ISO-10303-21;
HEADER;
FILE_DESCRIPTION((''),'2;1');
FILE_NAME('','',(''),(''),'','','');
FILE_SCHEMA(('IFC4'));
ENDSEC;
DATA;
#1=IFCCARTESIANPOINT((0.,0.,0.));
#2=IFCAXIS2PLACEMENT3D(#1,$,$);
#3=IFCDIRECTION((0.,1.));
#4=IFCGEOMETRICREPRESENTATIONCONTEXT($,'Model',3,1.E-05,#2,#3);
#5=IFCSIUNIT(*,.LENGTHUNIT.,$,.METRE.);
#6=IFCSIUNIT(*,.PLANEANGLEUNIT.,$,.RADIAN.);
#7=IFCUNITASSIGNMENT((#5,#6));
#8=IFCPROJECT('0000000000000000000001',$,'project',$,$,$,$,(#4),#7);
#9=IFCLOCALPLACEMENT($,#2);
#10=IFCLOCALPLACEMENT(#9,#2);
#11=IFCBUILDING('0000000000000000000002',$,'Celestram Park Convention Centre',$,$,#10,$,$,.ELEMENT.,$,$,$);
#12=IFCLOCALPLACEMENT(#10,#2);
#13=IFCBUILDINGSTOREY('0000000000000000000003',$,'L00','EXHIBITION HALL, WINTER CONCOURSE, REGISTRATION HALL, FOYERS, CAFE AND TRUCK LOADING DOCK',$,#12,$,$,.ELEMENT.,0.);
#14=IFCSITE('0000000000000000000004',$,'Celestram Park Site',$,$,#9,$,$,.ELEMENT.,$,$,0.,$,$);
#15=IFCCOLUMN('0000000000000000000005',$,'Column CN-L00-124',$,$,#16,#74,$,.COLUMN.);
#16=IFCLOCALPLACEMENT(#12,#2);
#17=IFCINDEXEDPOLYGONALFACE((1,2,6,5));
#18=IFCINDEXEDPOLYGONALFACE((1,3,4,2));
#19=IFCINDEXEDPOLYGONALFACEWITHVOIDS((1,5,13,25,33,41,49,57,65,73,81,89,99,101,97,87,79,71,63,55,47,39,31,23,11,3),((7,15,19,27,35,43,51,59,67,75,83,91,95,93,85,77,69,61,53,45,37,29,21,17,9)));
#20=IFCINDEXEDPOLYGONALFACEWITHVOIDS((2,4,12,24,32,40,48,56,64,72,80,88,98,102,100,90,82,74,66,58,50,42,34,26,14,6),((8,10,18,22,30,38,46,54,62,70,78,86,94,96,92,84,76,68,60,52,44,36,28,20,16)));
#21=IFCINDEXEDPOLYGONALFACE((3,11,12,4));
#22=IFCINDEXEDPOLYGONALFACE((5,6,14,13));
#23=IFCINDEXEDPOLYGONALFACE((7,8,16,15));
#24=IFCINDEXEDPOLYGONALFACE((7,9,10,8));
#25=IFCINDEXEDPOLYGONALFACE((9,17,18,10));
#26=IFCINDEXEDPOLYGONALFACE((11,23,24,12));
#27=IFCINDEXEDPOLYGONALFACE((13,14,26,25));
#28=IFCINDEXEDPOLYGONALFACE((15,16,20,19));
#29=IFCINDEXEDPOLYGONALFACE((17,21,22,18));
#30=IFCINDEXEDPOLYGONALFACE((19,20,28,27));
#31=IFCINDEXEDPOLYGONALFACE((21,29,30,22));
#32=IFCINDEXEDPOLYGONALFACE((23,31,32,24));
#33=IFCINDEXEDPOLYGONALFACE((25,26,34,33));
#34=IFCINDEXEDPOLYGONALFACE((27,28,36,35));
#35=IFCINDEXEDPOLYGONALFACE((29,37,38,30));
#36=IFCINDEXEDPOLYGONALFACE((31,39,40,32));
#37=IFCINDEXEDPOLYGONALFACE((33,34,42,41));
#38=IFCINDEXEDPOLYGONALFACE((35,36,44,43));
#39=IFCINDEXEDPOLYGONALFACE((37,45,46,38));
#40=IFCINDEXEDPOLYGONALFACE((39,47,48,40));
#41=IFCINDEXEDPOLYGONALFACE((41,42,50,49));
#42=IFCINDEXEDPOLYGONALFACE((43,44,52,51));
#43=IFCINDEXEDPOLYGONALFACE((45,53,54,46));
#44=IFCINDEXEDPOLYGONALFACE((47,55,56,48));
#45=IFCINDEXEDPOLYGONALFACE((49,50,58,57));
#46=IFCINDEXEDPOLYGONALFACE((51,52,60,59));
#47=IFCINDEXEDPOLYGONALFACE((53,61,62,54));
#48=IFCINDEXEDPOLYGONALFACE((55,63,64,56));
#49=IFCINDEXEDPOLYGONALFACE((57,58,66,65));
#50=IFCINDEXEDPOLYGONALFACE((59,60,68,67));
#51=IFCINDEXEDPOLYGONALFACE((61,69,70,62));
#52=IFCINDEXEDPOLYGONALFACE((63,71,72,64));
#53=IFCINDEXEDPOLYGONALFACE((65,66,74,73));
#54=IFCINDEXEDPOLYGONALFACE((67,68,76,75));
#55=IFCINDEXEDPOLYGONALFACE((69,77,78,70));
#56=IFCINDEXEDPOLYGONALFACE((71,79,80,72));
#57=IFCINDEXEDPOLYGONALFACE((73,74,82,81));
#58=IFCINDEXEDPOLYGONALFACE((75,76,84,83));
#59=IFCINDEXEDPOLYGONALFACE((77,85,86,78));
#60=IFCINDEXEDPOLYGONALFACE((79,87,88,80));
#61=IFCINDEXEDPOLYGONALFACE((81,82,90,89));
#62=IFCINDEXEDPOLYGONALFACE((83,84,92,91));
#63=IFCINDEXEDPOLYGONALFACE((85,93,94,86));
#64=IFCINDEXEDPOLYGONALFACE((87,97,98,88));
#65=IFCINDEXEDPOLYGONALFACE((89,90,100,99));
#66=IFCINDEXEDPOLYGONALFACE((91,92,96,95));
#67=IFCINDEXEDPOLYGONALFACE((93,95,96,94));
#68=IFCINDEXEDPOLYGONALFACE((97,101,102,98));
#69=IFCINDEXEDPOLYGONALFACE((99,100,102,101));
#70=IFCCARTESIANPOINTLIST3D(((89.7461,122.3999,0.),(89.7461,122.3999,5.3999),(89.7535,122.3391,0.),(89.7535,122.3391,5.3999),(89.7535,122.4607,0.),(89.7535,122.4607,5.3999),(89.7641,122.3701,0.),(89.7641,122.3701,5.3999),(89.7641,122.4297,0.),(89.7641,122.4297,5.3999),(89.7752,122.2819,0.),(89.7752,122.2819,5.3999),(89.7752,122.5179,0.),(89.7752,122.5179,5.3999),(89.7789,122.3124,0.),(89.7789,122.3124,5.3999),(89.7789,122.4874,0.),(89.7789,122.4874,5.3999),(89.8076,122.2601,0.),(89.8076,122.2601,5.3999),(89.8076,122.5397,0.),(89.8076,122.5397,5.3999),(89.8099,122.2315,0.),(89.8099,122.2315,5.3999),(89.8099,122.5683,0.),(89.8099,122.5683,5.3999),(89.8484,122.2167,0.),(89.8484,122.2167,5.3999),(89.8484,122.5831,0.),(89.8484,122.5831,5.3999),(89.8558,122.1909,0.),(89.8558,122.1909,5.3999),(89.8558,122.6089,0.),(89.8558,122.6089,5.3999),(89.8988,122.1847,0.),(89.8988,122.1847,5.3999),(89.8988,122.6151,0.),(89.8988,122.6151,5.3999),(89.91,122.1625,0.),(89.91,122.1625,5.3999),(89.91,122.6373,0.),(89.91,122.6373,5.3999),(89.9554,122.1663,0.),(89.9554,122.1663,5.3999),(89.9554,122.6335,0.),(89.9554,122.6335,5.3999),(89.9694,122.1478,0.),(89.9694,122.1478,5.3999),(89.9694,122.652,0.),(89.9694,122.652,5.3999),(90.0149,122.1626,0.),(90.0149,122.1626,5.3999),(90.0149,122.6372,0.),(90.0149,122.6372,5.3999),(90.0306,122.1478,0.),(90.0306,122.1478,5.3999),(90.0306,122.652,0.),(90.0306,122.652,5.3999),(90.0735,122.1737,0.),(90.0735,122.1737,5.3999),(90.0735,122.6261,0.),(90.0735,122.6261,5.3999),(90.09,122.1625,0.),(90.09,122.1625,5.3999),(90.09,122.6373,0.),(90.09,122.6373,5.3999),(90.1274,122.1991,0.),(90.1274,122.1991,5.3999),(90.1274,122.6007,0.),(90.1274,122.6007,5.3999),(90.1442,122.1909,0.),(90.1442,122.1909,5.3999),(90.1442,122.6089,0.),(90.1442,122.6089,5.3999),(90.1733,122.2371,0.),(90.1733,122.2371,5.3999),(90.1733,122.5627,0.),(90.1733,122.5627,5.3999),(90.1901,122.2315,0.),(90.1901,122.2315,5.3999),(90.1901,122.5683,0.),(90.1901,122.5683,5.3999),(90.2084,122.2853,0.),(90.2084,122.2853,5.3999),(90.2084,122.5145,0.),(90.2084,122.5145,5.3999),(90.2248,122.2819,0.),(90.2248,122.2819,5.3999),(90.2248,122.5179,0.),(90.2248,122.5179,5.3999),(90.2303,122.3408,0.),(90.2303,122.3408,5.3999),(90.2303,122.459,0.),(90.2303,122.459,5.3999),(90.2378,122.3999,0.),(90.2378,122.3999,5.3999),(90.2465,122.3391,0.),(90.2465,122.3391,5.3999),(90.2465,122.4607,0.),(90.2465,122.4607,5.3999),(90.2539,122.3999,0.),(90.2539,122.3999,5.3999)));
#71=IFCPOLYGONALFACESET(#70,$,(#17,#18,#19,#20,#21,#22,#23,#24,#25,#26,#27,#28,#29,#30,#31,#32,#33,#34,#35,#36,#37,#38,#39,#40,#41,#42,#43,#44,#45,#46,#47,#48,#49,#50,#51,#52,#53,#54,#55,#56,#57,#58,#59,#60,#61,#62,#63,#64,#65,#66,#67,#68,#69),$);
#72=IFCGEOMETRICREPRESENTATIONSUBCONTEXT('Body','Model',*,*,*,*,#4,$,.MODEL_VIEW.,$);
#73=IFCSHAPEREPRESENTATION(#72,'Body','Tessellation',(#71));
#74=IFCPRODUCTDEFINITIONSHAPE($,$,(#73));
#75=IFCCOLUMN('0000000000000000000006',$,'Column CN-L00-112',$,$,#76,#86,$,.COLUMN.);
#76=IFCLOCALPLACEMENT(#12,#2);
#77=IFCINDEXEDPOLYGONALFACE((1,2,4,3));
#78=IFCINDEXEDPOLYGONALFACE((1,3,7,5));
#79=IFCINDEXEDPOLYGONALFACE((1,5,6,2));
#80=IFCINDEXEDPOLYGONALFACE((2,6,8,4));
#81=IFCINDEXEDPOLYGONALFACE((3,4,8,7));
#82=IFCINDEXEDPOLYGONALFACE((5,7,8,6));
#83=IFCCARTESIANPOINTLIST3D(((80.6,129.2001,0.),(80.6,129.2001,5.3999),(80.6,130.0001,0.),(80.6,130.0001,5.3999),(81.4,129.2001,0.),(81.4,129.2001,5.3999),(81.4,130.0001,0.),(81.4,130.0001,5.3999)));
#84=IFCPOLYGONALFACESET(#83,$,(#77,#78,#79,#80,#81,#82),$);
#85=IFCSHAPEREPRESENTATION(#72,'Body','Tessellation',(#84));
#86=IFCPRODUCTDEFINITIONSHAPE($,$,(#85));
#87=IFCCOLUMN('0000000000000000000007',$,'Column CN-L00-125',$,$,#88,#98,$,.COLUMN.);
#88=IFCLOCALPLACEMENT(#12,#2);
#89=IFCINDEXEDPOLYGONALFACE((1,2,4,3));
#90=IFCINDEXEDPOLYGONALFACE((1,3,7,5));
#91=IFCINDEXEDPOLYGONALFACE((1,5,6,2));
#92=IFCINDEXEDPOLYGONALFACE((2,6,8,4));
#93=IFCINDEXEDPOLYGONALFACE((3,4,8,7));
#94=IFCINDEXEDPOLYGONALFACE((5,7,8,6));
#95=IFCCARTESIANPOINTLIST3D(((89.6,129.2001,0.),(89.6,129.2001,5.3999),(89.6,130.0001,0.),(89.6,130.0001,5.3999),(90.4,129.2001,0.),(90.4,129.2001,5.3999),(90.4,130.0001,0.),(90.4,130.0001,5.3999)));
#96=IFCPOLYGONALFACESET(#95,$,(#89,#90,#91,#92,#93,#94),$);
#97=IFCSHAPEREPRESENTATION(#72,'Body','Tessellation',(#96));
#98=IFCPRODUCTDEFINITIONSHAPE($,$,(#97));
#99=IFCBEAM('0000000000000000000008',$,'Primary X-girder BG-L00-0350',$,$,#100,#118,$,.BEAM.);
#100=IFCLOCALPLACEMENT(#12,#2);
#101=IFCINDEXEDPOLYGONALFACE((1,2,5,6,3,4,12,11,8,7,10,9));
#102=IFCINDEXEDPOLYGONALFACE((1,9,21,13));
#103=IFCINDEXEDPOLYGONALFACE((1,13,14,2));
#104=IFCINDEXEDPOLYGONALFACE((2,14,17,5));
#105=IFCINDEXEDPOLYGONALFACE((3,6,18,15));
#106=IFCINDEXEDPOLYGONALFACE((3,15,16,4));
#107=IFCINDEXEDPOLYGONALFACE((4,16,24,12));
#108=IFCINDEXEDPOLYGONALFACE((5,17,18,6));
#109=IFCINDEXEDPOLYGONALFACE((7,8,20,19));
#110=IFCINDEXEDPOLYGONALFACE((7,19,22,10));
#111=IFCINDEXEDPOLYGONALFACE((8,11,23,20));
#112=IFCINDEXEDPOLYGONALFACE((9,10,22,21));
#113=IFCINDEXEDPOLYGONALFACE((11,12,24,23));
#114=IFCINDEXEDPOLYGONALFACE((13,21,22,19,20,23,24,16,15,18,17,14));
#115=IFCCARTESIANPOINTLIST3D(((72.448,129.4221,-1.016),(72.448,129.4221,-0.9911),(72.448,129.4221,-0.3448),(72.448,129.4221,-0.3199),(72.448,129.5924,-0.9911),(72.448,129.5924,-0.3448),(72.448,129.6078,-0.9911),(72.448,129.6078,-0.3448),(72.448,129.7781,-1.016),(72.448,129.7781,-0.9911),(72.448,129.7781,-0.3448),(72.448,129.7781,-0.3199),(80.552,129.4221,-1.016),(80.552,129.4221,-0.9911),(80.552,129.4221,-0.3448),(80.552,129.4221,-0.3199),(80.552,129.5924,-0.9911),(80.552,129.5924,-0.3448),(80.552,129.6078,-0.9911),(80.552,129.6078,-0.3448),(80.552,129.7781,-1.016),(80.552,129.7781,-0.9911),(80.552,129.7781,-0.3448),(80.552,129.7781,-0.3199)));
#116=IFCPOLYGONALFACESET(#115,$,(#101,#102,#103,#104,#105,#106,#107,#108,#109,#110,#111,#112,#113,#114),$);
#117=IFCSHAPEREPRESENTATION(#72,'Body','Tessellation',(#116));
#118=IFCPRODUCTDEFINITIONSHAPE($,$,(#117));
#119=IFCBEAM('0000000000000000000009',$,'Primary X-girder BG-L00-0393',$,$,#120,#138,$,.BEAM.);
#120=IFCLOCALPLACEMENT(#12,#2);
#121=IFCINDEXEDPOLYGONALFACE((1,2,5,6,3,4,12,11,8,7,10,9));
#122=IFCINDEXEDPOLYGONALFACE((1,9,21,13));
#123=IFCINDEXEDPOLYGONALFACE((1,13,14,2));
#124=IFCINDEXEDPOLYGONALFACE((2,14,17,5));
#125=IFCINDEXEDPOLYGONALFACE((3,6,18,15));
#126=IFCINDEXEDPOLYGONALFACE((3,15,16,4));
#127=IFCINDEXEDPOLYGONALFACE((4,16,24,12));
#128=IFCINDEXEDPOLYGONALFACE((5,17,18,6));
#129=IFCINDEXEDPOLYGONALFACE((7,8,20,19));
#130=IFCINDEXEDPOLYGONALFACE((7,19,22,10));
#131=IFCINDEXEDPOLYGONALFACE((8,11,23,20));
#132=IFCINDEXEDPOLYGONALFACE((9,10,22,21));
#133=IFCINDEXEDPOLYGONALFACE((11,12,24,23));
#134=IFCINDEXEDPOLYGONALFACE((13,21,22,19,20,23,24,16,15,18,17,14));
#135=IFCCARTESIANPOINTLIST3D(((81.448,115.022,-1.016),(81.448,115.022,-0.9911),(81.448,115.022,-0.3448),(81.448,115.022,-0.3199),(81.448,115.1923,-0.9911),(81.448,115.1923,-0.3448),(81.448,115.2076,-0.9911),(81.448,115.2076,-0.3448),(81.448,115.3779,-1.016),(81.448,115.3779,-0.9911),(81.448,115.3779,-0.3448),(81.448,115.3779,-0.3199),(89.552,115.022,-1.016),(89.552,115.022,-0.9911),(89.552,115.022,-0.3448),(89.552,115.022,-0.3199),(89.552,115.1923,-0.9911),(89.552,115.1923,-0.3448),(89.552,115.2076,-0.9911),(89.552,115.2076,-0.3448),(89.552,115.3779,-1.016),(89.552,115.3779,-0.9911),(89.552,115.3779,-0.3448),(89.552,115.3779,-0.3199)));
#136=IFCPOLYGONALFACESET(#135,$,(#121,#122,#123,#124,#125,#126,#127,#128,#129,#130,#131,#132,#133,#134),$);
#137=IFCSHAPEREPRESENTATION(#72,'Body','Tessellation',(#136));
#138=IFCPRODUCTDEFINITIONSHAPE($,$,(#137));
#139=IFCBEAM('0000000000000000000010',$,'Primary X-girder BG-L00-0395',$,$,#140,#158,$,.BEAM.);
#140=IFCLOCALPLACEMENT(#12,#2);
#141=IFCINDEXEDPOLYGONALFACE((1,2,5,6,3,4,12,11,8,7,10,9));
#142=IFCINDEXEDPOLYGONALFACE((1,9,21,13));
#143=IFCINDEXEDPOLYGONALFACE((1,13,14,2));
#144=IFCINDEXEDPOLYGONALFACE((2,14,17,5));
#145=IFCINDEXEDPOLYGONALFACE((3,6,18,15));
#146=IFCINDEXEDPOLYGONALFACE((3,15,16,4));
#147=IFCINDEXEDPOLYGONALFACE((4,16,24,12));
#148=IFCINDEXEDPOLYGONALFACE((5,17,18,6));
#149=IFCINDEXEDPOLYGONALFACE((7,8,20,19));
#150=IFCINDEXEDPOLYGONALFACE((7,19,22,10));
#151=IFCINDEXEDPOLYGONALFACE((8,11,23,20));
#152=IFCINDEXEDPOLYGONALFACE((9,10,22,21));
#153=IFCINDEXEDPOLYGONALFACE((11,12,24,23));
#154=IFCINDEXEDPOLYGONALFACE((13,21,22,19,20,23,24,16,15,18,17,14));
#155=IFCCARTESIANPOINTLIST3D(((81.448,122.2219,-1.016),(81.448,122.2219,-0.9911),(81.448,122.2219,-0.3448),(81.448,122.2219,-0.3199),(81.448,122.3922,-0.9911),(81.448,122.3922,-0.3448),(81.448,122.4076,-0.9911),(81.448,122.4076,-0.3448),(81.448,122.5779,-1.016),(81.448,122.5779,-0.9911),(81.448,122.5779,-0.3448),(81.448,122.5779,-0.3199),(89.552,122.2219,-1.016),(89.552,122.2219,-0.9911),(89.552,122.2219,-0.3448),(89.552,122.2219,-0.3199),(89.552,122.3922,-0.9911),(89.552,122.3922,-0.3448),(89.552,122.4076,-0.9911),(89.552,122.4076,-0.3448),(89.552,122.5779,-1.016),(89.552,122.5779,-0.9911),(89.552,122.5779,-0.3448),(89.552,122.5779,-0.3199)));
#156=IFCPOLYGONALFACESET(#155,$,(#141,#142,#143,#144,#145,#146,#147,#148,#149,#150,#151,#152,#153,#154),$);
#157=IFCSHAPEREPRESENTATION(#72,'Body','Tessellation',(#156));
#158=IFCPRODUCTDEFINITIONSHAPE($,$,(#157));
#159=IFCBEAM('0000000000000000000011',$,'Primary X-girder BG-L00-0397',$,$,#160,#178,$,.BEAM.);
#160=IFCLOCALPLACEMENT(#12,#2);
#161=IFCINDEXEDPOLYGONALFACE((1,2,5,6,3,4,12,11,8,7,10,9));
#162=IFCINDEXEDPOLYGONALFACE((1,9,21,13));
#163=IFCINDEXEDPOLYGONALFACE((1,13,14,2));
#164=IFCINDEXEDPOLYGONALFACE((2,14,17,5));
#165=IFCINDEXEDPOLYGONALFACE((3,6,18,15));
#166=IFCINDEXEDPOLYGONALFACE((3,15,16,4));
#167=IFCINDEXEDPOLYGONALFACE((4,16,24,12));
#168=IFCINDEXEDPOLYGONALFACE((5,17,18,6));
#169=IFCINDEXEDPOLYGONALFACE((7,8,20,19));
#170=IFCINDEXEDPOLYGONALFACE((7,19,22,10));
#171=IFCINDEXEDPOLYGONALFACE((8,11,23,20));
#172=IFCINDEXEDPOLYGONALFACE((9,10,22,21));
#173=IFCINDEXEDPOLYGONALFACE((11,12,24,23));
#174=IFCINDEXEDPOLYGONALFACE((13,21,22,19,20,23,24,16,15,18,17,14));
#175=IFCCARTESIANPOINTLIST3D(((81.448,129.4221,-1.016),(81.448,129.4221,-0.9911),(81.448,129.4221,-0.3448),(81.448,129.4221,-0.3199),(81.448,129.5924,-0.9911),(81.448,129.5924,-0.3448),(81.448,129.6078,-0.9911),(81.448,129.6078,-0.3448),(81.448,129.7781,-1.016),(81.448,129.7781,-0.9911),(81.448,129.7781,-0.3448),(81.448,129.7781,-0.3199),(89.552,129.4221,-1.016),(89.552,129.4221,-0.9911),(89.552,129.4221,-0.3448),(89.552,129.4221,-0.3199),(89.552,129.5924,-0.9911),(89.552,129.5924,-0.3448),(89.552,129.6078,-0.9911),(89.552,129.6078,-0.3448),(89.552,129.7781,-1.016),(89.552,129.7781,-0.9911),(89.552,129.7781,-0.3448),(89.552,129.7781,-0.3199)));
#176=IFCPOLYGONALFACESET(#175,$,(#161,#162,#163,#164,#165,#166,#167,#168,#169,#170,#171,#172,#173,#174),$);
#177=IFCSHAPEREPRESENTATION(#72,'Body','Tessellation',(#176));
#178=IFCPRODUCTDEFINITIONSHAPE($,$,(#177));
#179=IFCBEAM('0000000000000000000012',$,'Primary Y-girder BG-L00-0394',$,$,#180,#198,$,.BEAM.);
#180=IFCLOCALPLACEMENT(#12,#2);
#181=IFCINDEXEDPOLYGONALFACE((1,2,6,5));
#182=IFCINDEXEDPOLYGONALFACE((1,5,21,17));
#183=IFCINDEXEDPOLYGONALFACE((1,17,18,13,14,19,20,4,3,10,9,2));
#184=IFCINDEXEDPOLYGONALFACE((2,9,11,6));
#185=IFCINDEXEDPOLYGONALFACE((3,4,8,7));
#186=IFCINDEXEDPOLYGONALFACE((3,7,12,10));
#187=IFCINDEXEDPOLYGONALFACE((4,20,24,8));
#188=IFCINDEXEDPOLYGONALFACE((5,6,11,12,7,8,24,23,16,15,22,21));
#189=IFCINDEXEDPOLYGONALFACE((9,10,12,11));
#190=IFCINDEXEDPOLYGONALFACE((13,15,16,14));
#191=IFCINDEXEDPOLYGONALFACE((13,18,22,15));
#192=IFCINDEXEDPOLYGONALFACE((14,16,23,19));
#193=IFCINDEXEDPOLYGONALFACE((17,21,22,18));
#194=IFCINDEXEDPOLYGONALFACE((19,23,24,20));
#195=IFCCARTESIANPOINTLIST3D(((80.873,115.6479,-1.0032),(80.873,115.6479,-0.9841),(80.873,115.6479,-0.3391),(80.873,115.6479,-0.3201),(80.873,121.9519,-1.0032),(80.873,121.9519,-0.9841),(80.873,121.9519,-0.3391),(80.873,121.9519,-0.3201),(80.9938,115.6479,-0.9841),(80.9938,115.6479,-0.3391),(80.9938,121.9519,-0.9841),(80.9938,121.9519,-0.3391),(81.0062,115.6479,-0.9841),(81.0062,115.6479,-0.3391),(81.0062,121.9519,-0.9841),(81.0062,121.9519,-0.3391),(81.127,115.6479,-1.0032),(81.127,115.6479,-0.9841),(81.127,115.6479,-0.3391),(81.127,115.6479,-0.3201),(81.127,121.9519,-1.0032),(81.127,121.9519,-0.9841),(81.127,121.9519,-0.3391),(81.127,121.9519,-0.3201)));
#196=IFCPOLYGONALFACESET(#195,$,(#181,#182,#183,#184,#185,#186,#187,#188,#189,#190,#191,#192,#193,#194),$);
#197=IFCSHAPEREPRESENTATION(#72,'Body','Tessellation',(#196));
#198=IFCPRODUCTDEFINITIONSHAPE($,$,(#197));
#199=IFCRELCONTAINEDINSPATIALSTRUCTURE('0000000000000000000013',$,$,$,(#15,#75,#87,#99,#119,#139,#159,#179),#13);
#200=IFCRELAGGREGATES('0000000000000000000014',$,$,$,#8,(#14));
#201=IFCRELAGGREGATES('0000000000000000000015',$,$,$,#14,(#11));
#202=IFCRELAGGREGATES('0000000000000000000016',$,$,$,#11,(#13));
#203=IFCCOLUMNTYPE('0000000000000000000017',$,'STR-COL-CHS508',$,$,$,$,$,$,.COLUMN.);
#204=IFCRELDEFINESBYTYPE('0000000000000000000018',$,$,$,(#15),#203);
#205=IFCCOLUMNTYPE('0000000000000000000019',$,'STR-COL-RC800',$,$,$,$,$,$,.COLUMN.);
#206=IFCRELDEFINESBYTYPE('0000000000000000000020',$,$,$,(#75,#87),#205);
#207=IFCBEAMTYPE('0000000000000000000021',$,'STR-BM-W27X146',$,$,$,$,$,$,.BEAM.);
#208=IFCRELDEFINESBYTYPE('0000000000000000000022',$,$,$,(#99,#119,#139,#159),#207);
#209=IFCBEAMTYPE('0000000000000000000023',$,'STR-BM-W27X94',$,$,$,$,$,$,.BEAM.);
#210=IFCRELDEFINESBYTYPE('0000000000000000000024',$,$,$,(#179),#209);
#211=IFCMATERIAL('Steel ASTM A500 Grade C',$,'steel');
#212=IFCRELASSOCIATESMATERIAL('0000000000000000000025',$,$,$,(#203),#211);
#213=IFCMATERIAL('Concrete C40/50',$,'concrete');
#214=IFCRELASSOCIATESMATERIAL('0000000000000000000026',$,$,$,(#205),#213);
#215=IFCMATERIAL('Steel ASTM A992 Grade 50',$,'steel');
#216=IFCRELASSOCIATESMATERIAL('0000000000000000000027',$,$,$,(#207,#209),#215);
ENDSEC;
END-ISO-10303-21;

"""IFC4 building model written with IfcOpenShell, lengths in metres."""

from ifc_helpers import new_model, si_unit, direction, frame, origin, origin_2d, place, context, subcontext, project, spatial, rectangle, hollow_circle, i_section, extrude, material, material_profile, profile_set, type_object, element, save


model = new_model("IFC4")

# Units and contexts
model_context = context("Model", 3, precision=1e-05, world=origin(), true_north=direction((0.0, 1.0)))
body_context = subcontext(model_context, "Body", "Model", "MODEL_VIEW")
ifc_project = project(units=[si_unit("LENGTHUNIT", "METRE"), si_unit("PLANEANGLEUNIT", "RADIAN")], contexts=[model_context])

# Site, building, storey
site_placement = place(None, origin())
site = spatial("IfcSite", under=ifc_project, at=site_placement, Name="Celestram Park Site", CompositionType="ELEMENT", RefElevation=0.0)
building_placement = place(site_placement, origin())
building = spatial("IfcBuilding", under=site, at=building_placement, Name="Celestram Park Convention Centre", CompositionType="ELEMENT")
storey_placement = place(building_placement, origin())
storey = spatial("IfcBuildingStorey", under=building, at=storey_placement, Name="L00", Description="EXHIBITION HALL, WINTER CONCOURSE, REGISTRATION HALL, FOYERS, CAFE AND TRUCK LOADING DOCK", CompositionType="ELEMENT", Elevation=0.0)

# Columns
ifc_material_1 = material(Name="Steel ASTM A500 Grade C", Category="steel")
ifc_material_profile_1 = material_profile(ifc_material_1, hollow_circle(Radius=0.2539, WallThickness=0.0161, at=origin_2d()), Name="CHS508X16")
ifc_profile_set_1 = profile_set([ifc_material_profile_1], Name="Steel ASTM A500 Grade C")
column_type_1 = type_object("IfcColumnType", Name="STR-COL-CHS508", PredefinedType="COLUMN", material=ifc_profile_set_1)
for number, where, z_axis, x_axis, name in (
    (1, (90.0, 122.3999, 0.0), (0.0, 0.0, 1.0), (1.0, 0.0, 0.0), "Column CN-L00-124"),
):
    element("IfcColumn", number, at=place(storey_placement, frame(where, z_axis=z_axis, x_axis=x_axis)), inside=storey, type_object=column_type_1, Name=name, PredefinedType="COLUMN", context=body_context, shape_type="SweptSolid", body=[
        extrude(hollow_circle(Radius=0.2539, WallThickness=0.0161, at=origin_2d()), origin(), (0.0, 0.0, 1.0), 5.3999),
    ])
ifc_material_2 = material(Name="Concrete C40/50", Category="concrete")
ifc_material_profile_2 = material_profile(ifc_material_2, rectangle(XDim=0.8, YDim=0.8, at=origin_2d()), Name="RC800X800")
ifc_profile_set_2 = profile_set([ifc_material_profile_2], Name="Concrete C40/50")
column_type_2 = type_object("IfcColumnType", Name="STR-COL-RC800", PredefinedType="COLUMN", material=ifc_profile_set_2)
for number, where, z_axis, x_axis, name in (
    (2, (81.0, 129.6001, 0.0), (0.0, 0.0, 1.0), (1.0, 0.0, 0.0), "Column CN-L00-112"),
    (3, (90.0, 129.6001, 0.0), (0.0, 0.0, 1.0), (1.0, 0.0, 0.0), "Column CN-L00-125"),
):
    element("IfcColumn", number, at=place(storey_placement, frame(where, z_axis=z_axis, x_axis=x_axis)), inside=storey, type_object=column_type_2, Name=name, PredefinedType="COLUMN", context=body_context, shape_type="SweptSolid", body=[
        extrude(rectangle(XDim=0.8, YDim=0.8, at=origin_2d()), origin(), (0.0, 0.0, 1.0), 5.3999),
    ])

# Beams
ifc_material_3 = material(Name="Steel ASTM A992 Grade 50", Category="steel")
ifc_material_profile_3 = material_profile(ifc_material_3, i_section(OverallWidth=0.356, OverallDepth=0.696, WebThickness=0.0154, FlangeThickness=0.0249, at=origin_2d()), Name="W27X146")
ifc_profile_set_3 = profile_set([ifc_material_profile_3], Name="Steel ASTM A992 Grade 50")
beam_type_1 = type_object("IfcBeamType", Name="STR-BM-W27X146", PredefinedType="BEAM", material=ifc_profile_set_3)
for number, where, z_axis, x_axis, name in (
    (4, (72.448, 129.6001, -0.668), (1.0, 0.0, 0.0), (0.0, 1.0, 0.0), "Primary X-girder BG-L00-0350"),
    (5, (81.448, 115.2, -0.668), (1.0, 0.0, 0.0), (0.0, 1.0, 0.0), "Primary X-girder BG-L00-0393"),
    (6, (81.448, 122.3999, -0.668), (1.0, 0.0, 0.0), (0.0, 1.0, 0.0), "Primary X-girder BG-L00-0395"),
    (7, (81.448, 129.6001, -0.668), (1.0, 0.0, 0.0), (0.0, 1.0, 0.0), "Primary X-girder BG-L00-0397"),
):
    element("IfcBeam", number, at=place(storey_placement, frame(where, z_axis=z_axis, x_axis=x_axis)), inside=storey, type_object=beam_type_1, Name=name, PredefinedType="BEAM", context=body_context, shape_type="SweptSolid", body=[
        extrude(i_section(OverallWidth=0.356, OverallDepth=0.696, WebThickness=0.0154, FlangeThickness=0.0249, at=origin_2d()), origin(), (0.0, 0.0, 1.0), 8.104),
    ])
ifc_material_profile_4 = material_profile(ifc_material_3, i_section(OverallWidth=0.2539, OverallDepth=0.6831, WebThickness=0.0125, FlangeThickness=0.019, at=origin_2d()), Name="W27X94")
ifc_profile_set_4 = profile_set([ifc_material_profile_4], Name="Steel ASTM A992 Grade 50")
beam_type_2 = type_object("IfcBeamType", Name="STR-BM-W27X94", PredefinedType="BEAM", material=ifc_profile_set_4)
beam_1_placement = place(storey_placement, frame((81.0, 115.6479, -0.6616), z_axis=(0.0, 1.0, 0.0), x_axis=(-1.0, 0.0, 0.0)))
element("IfcBeam", 8, at=beam_1_placement, inside=storey, type_object=beam_type_2, Name="Primary Y-girder BG-L00-0394", PredefinedType="BEAM", context=body_context, shape_type="SweptSolid", body=[
    extrude(i_section(OverallWidth=0.2539, OverallDepth=0.6831, WebThickness=0.0125, FlangeThickness=0.019, at=origin_2d()), origin(), (0.0, 0.0, 1.0), 6.304),
])

save(model, "model.ifc")
